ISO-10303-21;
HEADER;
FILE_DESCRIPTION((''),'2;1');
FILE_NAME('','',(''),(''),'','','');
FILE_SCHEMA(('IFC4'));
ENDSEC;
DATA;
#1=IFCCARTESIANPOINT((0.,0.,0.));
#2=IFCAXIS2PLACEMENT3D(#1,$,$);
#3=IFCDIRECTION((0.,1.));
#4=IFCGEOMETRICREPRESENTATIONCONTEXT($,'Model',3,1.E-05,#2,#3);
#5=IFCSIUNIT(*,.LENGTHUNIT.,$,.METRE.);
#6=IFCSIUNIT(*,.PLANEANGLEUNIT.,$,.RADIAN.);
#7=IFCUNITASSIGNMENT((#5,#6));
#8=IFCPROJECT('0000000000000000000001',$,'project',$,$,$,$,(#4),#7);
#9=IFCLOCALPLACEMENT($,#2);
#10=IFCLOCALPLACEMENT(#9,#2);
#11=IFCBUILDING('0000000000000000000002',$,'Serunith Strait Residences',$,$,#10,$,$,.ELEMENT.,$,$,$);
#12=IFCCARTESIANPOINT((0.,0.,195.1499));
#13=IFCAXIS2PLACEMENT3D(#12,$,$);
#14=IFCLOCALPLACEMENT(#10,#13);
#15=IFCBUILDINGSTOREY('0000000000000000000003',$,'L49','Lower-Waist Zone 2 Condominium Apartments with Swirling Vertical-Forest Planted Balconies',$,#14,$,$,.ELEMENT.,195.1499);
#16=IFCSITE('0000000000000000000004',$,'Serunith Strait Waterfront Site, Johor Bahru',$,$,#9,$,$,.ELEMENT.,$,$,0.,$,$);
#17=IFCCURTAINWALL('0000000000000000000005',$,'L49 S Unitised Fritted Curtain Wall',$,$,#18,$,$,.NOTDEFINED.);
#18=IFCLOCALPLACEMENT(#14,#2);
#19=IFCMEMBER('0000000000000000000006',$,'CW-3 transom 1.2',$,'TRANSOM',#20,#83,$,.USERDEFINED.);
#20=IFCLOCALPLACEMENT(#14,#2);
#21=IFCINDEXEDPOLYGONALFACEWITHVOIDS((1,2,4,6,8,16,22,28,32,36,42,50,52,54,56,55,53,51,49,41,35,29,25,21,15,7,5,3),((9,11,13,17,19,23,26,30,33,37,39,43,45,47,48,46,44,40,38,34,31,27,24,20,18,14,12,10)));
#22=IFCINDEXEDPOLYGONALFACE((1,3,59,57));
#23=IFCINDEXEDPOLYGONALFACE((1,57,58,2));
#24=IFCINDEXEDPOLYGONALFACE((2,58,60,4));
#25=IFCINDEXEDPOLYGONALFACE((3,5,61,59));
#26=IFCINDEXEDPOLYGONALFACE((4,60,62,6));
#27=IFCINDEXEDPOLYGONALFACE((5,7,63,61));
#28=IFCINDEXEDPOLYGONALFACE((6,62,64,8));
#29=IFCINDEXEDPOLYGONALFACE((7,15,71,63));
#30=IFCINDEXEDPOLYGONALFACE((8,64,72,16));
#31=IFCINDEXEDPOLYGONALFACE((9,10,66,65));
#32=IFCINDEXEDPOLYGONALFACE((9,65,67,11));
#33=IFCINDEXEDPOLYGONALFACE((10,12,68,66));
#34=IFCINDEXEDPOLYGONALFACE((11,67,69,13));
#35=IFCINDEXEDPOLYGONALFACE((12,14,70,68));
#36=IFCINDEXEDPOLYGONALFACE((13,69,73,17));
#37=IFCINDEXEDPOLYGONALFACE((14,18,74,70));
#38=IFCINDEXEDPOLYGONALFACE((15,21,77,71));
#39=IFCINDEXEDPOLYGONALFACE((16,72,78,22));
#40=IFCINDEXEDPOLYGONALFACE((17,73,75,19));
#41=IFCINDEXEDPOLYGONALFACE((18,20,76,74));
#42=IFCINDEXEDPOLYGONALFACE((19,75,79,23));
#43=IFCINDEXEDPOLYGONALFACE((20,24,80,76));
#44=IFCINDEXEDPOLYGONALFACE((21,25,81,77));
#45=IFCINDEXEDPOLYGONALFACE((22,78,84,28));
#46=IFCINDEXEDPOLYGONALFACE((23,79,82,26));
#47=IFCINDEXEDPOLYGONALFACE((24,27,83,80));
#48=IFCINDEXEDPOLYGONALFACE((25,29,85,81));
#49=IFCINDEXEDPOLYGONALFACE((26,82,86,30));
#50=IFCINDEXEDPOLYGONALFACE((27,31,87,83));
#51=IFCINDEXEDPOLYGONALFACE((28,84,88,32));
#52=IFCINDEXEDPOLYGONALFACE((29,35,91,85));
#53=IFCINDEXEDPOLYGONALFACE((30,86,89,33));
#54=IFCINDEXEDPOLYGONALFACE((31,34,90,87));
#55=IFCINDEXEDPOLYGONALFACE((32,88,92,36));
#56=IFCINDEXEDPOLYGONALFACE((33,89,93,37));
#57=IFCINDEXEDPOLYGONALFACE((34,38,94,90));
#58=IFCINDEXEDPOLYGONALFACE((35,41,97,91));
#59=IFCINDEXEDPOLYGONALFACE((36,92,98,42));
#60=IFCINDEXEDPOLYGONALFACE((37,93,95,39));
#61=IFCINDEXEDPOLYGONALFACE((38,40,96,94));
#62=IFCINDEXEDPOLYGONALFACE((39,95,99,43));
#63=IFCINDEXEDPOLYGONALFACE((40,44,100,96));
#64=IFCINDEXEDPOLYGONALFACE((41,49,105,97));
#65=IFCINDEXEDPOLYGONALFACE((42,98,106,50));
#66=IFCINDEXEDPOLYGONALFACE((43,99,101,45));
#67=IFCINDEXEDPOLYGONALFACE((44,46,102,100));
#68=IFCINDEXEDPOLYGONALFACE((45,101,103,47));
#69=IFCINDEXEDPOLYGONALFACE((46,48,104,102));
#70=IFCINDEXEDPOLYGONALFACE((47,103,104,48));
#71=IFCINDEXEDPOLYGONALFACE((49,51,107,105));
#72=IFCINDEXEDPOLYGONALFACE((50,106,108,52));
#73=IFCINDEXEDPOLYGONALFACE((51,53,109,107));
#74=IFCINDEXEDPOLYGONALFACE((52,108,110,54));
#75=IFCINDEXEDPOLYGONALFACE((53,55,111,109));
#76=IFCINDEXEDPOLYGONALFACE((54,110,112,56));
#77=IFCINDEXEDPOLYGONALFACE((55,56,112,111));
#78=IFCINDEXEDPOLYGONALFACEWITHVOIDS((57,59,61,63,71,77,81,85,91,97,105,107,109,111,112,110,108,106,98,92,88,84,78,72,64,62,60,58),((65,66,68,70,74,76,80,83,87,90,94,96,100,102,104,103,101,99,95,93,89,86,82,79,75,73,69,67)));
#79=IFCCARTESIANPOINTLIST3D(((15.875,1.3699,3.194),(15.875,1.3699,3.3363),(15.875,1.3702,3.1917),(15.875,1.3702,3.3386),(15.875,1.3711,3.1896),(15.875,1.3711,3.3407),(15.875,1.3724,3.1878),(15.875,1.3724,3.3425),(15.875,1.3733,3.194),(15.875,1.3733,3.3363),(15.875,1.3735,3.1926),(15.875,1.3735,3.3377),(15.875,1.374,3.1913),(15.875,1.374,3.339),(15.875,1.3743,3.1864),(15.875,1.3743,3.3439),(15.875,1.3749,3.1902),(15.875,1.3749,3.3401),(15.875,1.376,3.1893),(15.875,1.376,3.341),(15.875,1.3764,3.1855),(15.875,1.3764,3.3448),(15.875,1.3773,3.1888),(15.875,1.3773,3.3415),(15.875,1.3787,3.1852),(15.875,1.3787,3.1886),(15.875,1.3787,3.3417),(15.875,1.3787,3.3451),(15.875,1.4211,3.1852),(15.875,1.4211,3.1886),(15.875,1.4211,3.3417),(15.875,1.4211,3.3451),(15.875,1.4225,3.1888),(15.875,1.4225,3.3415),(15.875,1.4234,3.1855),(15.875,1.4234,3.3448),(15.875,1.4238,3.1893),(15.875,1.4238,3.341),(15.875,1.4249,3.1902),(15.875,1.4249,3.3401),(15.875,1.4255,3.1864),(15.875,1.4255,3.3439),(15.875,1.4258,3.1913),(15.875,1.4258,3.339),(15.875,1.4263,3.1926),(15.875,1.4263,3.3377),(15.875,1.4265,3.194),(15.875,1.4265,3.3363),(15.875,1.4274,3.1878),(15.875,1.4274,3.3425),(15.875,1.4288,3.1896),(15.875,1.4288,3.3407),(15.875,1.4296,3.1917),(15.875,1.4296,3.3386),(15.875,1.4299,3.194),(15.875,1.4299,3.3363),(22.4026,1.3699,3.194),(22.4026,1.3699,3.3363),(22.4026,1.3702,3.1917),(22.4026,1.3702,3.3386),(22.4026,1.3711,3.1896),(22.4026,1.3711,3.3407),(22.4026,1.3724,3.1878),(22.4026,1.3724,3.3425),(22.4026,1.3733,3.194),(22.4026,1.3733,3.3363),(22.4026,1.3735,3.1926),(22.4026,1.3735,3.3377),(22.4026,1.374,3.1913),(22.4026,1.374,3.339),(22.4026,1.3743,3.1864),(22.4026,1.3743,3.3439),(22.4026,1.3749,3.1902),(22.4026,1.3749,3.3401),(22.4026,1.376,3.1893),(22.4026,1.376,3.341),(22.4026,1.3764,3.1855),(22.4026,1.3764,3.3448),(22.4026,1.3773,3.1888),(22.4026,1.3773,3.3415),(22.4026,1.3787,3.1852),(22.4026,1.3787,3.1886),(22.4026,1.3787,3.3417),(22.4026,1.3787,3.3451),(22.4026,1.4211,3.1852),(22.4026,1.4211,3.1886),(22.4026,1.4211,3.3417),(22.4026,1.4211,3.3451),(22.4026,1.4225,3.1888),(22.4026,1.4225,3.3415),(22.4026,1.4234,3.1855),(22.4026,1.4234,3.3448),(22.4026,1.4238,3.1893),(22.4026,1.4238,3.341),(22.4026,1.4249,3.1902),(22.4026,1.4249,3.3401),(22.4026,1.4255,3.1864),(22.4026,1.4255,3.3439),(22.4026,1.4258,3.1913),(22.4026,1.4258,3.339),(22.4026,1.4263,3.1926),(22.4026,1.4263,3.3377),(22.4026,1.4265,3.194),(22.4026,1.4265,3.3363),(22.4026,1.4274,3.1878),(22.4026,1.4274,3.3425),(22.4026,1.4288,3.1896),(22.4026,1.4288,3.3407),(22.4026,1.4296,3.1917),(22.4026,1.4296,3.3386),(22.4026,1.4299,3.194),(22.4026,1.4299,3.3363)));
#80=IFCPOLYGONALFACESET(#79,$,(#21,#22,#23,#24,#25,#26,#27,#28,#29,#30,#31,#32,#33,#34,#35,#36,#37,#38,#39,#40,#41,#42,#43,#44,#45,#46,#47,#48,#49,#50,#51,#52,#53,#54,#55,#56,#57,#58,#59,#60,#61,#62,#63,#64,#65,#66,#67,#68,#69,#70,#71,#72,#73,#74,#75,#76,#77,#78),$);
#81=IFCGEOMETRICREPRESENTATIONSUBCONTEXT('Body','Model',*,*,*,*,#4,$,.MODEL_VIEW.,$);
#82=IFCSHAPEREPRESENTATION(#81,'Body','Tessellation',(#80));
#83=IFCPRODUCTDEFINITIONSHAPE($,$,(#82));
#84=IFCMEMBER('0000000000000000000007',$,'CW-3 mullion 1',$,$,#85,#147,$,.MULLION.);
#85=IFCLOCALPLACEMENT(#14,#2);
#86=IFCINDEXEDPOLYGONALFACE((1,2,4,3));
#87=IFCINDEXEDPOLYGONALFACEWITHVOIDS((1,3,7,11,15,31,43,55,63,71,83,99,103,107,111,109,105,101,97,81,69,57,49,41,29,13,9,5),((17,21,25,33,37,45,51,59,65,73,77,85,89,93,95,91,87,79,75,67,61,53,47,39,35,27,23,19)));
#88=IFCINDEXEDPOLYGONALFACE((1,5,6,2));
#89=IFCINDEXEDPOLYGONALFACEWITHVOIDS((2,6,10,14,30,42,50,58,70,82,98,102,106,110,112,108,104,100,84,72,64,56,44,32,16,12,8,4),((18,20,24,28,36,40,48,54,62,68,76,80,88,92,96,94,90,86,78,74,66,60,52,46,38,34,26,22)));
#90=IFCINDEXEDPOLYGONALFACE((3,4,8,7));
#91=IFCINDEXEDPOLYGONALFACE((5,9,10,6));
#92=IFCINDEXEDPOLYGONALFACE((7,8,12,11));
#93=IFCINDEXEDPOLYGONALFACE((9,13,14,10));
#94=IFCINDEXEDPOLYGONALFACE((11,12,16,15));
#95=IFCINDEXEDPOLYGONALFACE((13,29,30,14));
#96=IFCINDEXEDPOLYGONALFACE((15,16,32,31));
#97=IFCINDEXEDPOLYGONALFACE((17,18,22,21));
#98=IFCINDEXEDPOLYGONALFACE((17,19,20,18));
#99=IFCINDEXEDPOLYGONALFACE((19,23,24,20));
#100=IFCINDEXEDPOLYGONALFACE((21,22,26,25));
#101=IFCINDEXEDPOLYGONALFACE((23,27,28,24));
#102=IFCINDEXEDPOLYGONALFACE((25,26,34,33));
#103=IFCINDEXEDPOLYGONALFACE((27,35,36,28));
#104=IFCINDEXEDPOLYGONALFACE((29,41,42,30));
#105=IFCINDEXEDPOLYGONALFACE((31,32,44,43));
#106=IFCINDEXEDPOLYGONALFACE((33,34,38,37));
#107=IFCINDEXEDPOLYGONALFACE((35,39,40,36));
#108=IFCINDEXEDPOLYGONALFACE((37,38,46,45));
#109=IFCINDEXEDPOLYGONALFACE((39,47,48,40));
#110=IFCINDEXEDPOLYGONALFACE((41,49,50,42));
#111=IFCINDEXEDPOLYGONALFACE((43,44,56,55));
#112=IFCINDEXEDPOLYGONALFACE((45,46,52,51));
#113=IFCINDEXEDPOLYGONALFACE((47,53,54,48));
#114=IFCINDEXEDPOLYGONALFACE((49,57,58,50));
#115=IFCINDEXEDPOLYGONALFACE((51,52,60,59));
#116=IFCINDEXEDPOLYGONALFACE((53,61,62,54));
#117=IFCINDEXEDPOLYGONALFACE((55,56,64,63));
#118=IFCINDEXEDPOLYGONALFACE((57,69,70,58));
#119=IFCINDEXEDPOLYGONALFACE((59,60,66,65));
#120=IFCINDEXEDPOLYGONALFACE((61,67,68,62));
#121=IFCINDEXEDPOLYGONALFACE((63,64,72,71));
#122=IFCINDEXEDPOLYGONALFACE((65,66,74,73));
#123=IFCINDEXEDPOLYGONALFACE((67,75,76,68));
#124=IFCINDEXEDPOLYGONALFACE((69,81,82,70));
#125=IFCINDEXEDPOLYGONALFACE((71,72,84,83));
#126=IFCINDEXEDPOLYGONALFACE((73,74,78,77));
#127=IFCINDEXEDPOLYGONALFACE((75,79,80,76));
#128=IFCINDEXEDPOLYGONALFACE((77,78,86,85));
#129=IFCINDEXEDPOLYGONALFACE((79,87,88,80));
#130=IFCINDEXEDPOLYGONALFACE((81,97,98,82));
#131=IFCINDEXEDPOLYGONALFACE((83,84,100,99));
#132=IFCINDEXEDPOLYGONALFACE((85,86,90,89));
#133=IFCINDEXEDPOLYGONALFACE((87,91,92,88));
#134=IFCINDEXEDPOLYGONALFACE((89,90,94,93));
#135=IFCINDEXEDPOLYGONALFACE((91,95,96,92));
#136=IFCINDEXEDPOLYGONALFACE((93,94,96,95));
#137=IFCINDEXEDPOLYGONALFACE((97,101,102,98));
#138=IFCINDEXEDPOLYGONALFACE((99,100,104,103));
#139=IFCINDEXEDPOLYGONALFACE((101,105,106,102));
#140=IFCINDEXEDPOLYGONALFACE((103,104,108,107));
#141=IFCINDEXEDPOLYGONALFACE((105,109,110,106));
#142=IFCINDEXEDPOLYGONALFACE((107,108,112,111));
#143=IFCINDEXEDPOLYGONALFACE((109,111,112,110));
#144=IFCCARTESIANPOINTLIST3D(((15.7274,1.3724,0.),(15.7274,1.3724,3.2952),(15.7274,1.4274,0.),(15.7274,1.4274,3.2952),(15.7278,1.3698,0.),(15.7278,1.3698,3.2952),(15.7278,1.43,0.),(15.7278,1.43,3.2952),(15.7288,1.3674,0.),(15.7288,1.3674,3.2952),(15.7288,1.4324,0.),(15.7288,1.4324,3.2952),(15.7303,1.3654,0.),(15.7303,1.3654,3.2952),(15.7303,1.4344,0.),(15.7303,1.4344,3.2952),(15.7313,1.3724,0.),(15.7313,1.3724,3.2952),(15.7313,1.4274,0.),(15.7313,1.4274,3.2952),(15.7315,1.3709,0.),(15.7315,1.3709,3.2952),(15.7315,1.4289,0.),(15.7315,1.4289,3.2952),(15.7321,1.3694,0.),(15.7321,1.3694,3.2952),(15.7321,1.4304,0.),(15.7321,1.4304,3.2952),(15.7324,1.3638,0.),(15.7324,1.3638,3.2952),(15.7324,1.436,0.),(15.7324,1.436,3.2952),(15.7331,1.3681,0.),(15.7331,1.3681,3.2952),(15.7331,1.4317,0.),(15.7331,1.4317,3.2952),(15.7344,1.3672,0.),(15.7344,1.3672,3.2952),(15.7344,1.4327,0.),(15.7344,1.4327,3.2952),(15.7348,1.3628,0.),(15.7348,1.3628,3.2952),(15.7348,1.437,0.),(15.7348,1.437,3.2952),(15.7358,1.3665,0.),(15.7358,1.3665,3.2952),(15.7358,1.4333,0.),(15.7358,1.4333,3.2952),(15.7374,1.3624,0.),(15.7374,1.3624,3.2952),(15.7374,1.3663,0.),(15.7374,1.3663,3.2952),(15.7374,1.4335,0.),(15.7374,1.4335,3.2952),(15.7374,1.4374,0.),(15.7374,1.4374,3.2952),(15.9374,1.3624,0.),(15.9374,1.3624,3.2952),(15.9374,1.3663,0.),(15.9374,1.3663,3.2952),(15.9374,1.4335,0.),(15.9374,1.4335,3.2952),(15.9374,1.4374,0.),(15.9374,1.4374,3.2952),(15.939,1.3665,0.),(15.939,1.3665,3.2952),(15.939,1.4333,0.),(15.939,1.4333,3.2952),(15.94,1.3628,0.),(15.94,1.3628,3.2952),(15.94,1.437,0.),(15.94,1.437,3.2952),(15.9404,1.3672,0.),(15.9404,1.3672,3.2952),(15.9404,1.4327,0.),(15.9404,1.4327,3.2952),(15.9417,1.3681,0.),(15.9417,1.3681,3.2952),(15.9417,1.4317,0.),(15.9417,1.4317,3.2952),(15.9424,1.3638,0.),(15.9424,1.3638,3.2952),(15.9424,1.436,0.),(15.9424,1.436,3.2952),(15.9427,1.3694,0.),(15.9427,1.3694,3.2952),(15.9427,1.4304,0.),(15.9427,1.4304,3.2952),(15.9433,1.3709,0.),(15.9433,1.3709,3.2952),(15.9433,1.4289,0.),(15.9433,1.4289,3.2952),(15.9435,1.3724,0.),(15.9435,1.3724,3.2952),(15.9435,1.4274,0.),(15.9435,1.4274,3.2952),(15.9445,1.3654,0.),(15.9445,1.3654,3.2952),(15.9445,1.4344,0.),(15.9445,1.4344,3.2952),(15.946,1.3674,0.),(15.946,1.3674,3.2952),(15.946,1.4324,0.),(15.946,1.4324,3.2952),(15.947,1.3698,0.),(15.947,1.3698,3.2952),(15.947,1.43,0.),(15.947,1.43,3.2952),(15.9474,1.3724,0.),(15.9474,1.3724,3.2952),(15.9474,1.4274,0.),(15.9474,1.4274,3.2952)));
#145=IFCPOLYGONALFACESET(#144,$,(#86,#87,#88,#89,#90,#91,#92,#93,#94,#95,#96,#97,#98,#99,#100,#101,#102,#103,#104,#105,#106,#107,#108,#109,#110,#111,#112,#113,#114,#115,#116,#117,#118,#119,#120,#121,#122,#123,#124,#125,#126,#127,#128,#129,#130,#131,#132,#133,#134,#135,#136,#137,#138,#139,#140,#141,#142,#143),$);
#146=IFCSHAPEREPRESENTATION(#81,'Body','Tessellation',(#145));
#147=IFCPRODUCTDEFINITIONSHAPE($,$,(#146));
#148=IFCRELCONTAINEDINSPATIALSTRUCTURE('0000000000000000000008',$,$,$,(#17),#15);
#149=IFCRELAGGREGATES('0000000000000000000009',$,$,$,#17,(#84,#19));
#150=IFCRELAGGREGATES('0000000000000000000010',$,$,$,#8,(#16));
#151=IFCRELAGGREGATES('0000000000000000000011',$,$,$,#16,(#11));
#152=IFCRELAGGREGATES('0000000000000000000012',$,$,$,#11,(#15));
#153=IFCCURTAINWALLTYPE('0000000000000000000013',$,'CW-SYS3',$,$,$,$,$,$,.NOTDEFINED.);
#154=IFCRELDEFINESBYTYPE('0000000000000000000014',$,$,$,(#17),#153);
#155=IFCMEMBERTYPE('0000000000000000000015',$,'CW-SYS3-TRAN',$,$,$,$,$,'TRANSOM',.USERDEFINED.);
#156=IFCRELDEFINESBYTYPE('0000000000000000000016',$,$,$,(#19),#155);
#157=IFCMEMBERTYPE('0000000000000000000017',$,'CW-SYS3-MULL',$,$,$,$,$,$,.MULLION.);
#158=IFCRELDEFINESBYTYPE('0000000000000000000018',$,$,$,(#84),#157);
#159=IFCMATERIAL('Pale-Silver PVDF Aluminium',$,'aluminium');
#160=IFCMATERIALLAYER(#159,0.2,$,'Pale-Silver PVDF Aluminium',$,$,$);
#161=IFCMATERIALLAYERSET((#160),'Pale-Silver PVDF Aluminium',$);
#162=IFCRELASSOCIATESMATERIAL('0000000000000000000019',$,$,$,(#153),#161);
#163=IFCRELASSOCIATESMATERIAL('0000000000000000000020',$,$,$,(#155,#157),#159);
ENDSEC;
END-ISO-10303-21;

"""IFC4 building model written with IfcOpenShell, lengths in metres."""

from ifc_helpers import new_model, si_unit, direction, frame, origin, origin_2d, place, context, subcontext, project, spatial, hollow_rectangle, extrude, source, transform, mapped, material, layer, layer_set, material_profile, profile_set, type_object, element, aggregate, save


model = new_model("IFC4")

# Units and contexts
model_context = context("Model", 3, precision=1e-05, world=origin(), true_north=direction((0.0, 1.0)))
body_context = subcontext(model_context, "Body", "Model", "MODEL_VIEW")
ifc_project = project(units=[si_unit("LENGTHUNIT", "METRE"), si_unit("PLANEANGLEUNIT", "RADIAN")], contexts=[model_context])

# Site, building, storey
site_placement = place(None, origin())
site = spatial("IfcSite", under=ifc_project, at=site_placement, Name="Serunith Strait Waterfront Site, Johor Bahru", CompositionType="ELEMENT", RefElevation=0.0)
building_placement = place(site_placement, origin())
building = spatial("IfcBuilding", under=site, at=building_placement, Name="Serunith Strait Residences", CompositionType="ELEMENT")
storey_placement = place(building_placement, frame((0.0, 0.0, 195.1499)))
storey = spatial("IfcBuildingStorey", under=building, at=storey_placement, Name="L49", Description="Lower-Waist Zone 2 Condominium Apartments with Swirling Vertical-Forest Planted Balconies", CompositionType="ELEMENT", Elevation=195.1499)

# Curtain wall, members
ifc_material_1 = material(Name="Pale-Silver PVDF Aluminium", Category="aluminium")
ifc_layer_1 = layer(ifc_material_1, 0.2, Name="Pale-Silver PVDF Aluminium")
ifc_layer_set_1 = layer_set([ifc_layer_1], Name="Pale-Silver PVDF Aluminium")
curtain_wall_type = type_object("IfcCurtainWallType", Name="CW-SYS3", PredefinedType="NOTDEFINED", material=ifc_layer_set_1)
curtain_wall_placement = place(storey_placement, origin())
curtain_wall = element("IfcCurtainWall", 1, at=curtain_wall_placement, inside=storey, type_object=curtain_wall_type, Name="L49 S Unitised Fritted Curtain Wall", PredefinedType="NOTDEFINED")
ifc_material_profile_1 = material_profile(ifc_material_1, hollow_rectangle(XDim=0.0601, YDim=0.1599, WallThickness=0.0034, InnerFilletRadius=0.0054, OuterFilletRadius=0.0088, at=origin_2d()), Name="ALU 160x60x3.5")
ifc_profile_set_1 = profile_set([ifc_material_profile_1], Name="Pale-Silver PVDF Aluminium")
member_type_1 = type_object("IfcMemberType", Name="CW-SYS3-TRAN", ElementType="TRANSOM", PredefinedType="USERDEFINED", material=ifc_profile_set_1)
shared_shape_1 = source(origin(), body_context, "Body", "SweptSolid", [
    extrude(hollow_rectangle(XDim=0.0601, YDim=0.1599, WallThickness=0.0034, InnerFilletRadius=0.0054, OuterFilletRadius=0.0088, at=origin_2d()), origin(), (0.0, 0.0, 1.0), 6.5276),
])
member_1_placement = place(storey_placement, frame((15.875, 1.3999, 3.2651), z_axis=(1.0, 0.0, 0.0), x_axis=(0.0, 1.0, 0.0)))
member_1 = element("IfcMember", 2, at=member_1_placement, type_object=member_type_1, Name="CW-3 transom 1.2", ObjectType="TRANSOM", PredefinedType="USERDEFINED", context=body_context, shape_type="MappedRepresentation", body=[
    mapped(shared_shape_1, transform((0.0, 0.0, 0.0), scale=1.0)),
])
ifc_material_profile_2 = material_profile(ifc_material_1, hollow_rectangle(XDim=0.075, YDim=0.22, WallThickness=0.0039, InnerFilletRadius=0.0061, OuterFilletRadius=0.01, at=origin_2d()), Name="ALU 220x75x4")
ifc_profile_set_2 = profile_set([ifc_material_profile_2], Name="Pale-Silver PVDF Aluminium")
member_type_2 = type_object("IfcMemberType", Name="CW-SYS3-MULL", PredefinedType="MULLION", material=ifc_profile_set_2)
shared_shape_2 = source(origin(), body_context, "Body", "SweptSolid", [
    extrude(hollow_rectangle(XDim=0.075, YDim=0.22, WallThickness=0.0039, InnerFilletRadius=0.0061, OuterFilletRadius=0.01, at=origin_2d()), origin(), (0.0, 0.0, 1.0), 3.2952),
])
member_2_placement = place(storey_placement, frame((15.8374, 1.3999, 0.0), z_axis=(0.0, 0.0, 1.0), x_axis=(0.0, 1.0, 0.0)))
member_2 = element("IfcMember", 3, at=member_2_placement, type_object=member_type_2, Name="CW-3 mullion 1", PredefinedType="MULLION", context=body_context, shape_type="MappedRepresentation", body=[
    mapped(shared_shape_2, transform((0.0, 0.0, 0.0), scale=1.0)),
])
aggregate(curtain_wall, [member_2, member_1])

save(model, "model.ifc")
